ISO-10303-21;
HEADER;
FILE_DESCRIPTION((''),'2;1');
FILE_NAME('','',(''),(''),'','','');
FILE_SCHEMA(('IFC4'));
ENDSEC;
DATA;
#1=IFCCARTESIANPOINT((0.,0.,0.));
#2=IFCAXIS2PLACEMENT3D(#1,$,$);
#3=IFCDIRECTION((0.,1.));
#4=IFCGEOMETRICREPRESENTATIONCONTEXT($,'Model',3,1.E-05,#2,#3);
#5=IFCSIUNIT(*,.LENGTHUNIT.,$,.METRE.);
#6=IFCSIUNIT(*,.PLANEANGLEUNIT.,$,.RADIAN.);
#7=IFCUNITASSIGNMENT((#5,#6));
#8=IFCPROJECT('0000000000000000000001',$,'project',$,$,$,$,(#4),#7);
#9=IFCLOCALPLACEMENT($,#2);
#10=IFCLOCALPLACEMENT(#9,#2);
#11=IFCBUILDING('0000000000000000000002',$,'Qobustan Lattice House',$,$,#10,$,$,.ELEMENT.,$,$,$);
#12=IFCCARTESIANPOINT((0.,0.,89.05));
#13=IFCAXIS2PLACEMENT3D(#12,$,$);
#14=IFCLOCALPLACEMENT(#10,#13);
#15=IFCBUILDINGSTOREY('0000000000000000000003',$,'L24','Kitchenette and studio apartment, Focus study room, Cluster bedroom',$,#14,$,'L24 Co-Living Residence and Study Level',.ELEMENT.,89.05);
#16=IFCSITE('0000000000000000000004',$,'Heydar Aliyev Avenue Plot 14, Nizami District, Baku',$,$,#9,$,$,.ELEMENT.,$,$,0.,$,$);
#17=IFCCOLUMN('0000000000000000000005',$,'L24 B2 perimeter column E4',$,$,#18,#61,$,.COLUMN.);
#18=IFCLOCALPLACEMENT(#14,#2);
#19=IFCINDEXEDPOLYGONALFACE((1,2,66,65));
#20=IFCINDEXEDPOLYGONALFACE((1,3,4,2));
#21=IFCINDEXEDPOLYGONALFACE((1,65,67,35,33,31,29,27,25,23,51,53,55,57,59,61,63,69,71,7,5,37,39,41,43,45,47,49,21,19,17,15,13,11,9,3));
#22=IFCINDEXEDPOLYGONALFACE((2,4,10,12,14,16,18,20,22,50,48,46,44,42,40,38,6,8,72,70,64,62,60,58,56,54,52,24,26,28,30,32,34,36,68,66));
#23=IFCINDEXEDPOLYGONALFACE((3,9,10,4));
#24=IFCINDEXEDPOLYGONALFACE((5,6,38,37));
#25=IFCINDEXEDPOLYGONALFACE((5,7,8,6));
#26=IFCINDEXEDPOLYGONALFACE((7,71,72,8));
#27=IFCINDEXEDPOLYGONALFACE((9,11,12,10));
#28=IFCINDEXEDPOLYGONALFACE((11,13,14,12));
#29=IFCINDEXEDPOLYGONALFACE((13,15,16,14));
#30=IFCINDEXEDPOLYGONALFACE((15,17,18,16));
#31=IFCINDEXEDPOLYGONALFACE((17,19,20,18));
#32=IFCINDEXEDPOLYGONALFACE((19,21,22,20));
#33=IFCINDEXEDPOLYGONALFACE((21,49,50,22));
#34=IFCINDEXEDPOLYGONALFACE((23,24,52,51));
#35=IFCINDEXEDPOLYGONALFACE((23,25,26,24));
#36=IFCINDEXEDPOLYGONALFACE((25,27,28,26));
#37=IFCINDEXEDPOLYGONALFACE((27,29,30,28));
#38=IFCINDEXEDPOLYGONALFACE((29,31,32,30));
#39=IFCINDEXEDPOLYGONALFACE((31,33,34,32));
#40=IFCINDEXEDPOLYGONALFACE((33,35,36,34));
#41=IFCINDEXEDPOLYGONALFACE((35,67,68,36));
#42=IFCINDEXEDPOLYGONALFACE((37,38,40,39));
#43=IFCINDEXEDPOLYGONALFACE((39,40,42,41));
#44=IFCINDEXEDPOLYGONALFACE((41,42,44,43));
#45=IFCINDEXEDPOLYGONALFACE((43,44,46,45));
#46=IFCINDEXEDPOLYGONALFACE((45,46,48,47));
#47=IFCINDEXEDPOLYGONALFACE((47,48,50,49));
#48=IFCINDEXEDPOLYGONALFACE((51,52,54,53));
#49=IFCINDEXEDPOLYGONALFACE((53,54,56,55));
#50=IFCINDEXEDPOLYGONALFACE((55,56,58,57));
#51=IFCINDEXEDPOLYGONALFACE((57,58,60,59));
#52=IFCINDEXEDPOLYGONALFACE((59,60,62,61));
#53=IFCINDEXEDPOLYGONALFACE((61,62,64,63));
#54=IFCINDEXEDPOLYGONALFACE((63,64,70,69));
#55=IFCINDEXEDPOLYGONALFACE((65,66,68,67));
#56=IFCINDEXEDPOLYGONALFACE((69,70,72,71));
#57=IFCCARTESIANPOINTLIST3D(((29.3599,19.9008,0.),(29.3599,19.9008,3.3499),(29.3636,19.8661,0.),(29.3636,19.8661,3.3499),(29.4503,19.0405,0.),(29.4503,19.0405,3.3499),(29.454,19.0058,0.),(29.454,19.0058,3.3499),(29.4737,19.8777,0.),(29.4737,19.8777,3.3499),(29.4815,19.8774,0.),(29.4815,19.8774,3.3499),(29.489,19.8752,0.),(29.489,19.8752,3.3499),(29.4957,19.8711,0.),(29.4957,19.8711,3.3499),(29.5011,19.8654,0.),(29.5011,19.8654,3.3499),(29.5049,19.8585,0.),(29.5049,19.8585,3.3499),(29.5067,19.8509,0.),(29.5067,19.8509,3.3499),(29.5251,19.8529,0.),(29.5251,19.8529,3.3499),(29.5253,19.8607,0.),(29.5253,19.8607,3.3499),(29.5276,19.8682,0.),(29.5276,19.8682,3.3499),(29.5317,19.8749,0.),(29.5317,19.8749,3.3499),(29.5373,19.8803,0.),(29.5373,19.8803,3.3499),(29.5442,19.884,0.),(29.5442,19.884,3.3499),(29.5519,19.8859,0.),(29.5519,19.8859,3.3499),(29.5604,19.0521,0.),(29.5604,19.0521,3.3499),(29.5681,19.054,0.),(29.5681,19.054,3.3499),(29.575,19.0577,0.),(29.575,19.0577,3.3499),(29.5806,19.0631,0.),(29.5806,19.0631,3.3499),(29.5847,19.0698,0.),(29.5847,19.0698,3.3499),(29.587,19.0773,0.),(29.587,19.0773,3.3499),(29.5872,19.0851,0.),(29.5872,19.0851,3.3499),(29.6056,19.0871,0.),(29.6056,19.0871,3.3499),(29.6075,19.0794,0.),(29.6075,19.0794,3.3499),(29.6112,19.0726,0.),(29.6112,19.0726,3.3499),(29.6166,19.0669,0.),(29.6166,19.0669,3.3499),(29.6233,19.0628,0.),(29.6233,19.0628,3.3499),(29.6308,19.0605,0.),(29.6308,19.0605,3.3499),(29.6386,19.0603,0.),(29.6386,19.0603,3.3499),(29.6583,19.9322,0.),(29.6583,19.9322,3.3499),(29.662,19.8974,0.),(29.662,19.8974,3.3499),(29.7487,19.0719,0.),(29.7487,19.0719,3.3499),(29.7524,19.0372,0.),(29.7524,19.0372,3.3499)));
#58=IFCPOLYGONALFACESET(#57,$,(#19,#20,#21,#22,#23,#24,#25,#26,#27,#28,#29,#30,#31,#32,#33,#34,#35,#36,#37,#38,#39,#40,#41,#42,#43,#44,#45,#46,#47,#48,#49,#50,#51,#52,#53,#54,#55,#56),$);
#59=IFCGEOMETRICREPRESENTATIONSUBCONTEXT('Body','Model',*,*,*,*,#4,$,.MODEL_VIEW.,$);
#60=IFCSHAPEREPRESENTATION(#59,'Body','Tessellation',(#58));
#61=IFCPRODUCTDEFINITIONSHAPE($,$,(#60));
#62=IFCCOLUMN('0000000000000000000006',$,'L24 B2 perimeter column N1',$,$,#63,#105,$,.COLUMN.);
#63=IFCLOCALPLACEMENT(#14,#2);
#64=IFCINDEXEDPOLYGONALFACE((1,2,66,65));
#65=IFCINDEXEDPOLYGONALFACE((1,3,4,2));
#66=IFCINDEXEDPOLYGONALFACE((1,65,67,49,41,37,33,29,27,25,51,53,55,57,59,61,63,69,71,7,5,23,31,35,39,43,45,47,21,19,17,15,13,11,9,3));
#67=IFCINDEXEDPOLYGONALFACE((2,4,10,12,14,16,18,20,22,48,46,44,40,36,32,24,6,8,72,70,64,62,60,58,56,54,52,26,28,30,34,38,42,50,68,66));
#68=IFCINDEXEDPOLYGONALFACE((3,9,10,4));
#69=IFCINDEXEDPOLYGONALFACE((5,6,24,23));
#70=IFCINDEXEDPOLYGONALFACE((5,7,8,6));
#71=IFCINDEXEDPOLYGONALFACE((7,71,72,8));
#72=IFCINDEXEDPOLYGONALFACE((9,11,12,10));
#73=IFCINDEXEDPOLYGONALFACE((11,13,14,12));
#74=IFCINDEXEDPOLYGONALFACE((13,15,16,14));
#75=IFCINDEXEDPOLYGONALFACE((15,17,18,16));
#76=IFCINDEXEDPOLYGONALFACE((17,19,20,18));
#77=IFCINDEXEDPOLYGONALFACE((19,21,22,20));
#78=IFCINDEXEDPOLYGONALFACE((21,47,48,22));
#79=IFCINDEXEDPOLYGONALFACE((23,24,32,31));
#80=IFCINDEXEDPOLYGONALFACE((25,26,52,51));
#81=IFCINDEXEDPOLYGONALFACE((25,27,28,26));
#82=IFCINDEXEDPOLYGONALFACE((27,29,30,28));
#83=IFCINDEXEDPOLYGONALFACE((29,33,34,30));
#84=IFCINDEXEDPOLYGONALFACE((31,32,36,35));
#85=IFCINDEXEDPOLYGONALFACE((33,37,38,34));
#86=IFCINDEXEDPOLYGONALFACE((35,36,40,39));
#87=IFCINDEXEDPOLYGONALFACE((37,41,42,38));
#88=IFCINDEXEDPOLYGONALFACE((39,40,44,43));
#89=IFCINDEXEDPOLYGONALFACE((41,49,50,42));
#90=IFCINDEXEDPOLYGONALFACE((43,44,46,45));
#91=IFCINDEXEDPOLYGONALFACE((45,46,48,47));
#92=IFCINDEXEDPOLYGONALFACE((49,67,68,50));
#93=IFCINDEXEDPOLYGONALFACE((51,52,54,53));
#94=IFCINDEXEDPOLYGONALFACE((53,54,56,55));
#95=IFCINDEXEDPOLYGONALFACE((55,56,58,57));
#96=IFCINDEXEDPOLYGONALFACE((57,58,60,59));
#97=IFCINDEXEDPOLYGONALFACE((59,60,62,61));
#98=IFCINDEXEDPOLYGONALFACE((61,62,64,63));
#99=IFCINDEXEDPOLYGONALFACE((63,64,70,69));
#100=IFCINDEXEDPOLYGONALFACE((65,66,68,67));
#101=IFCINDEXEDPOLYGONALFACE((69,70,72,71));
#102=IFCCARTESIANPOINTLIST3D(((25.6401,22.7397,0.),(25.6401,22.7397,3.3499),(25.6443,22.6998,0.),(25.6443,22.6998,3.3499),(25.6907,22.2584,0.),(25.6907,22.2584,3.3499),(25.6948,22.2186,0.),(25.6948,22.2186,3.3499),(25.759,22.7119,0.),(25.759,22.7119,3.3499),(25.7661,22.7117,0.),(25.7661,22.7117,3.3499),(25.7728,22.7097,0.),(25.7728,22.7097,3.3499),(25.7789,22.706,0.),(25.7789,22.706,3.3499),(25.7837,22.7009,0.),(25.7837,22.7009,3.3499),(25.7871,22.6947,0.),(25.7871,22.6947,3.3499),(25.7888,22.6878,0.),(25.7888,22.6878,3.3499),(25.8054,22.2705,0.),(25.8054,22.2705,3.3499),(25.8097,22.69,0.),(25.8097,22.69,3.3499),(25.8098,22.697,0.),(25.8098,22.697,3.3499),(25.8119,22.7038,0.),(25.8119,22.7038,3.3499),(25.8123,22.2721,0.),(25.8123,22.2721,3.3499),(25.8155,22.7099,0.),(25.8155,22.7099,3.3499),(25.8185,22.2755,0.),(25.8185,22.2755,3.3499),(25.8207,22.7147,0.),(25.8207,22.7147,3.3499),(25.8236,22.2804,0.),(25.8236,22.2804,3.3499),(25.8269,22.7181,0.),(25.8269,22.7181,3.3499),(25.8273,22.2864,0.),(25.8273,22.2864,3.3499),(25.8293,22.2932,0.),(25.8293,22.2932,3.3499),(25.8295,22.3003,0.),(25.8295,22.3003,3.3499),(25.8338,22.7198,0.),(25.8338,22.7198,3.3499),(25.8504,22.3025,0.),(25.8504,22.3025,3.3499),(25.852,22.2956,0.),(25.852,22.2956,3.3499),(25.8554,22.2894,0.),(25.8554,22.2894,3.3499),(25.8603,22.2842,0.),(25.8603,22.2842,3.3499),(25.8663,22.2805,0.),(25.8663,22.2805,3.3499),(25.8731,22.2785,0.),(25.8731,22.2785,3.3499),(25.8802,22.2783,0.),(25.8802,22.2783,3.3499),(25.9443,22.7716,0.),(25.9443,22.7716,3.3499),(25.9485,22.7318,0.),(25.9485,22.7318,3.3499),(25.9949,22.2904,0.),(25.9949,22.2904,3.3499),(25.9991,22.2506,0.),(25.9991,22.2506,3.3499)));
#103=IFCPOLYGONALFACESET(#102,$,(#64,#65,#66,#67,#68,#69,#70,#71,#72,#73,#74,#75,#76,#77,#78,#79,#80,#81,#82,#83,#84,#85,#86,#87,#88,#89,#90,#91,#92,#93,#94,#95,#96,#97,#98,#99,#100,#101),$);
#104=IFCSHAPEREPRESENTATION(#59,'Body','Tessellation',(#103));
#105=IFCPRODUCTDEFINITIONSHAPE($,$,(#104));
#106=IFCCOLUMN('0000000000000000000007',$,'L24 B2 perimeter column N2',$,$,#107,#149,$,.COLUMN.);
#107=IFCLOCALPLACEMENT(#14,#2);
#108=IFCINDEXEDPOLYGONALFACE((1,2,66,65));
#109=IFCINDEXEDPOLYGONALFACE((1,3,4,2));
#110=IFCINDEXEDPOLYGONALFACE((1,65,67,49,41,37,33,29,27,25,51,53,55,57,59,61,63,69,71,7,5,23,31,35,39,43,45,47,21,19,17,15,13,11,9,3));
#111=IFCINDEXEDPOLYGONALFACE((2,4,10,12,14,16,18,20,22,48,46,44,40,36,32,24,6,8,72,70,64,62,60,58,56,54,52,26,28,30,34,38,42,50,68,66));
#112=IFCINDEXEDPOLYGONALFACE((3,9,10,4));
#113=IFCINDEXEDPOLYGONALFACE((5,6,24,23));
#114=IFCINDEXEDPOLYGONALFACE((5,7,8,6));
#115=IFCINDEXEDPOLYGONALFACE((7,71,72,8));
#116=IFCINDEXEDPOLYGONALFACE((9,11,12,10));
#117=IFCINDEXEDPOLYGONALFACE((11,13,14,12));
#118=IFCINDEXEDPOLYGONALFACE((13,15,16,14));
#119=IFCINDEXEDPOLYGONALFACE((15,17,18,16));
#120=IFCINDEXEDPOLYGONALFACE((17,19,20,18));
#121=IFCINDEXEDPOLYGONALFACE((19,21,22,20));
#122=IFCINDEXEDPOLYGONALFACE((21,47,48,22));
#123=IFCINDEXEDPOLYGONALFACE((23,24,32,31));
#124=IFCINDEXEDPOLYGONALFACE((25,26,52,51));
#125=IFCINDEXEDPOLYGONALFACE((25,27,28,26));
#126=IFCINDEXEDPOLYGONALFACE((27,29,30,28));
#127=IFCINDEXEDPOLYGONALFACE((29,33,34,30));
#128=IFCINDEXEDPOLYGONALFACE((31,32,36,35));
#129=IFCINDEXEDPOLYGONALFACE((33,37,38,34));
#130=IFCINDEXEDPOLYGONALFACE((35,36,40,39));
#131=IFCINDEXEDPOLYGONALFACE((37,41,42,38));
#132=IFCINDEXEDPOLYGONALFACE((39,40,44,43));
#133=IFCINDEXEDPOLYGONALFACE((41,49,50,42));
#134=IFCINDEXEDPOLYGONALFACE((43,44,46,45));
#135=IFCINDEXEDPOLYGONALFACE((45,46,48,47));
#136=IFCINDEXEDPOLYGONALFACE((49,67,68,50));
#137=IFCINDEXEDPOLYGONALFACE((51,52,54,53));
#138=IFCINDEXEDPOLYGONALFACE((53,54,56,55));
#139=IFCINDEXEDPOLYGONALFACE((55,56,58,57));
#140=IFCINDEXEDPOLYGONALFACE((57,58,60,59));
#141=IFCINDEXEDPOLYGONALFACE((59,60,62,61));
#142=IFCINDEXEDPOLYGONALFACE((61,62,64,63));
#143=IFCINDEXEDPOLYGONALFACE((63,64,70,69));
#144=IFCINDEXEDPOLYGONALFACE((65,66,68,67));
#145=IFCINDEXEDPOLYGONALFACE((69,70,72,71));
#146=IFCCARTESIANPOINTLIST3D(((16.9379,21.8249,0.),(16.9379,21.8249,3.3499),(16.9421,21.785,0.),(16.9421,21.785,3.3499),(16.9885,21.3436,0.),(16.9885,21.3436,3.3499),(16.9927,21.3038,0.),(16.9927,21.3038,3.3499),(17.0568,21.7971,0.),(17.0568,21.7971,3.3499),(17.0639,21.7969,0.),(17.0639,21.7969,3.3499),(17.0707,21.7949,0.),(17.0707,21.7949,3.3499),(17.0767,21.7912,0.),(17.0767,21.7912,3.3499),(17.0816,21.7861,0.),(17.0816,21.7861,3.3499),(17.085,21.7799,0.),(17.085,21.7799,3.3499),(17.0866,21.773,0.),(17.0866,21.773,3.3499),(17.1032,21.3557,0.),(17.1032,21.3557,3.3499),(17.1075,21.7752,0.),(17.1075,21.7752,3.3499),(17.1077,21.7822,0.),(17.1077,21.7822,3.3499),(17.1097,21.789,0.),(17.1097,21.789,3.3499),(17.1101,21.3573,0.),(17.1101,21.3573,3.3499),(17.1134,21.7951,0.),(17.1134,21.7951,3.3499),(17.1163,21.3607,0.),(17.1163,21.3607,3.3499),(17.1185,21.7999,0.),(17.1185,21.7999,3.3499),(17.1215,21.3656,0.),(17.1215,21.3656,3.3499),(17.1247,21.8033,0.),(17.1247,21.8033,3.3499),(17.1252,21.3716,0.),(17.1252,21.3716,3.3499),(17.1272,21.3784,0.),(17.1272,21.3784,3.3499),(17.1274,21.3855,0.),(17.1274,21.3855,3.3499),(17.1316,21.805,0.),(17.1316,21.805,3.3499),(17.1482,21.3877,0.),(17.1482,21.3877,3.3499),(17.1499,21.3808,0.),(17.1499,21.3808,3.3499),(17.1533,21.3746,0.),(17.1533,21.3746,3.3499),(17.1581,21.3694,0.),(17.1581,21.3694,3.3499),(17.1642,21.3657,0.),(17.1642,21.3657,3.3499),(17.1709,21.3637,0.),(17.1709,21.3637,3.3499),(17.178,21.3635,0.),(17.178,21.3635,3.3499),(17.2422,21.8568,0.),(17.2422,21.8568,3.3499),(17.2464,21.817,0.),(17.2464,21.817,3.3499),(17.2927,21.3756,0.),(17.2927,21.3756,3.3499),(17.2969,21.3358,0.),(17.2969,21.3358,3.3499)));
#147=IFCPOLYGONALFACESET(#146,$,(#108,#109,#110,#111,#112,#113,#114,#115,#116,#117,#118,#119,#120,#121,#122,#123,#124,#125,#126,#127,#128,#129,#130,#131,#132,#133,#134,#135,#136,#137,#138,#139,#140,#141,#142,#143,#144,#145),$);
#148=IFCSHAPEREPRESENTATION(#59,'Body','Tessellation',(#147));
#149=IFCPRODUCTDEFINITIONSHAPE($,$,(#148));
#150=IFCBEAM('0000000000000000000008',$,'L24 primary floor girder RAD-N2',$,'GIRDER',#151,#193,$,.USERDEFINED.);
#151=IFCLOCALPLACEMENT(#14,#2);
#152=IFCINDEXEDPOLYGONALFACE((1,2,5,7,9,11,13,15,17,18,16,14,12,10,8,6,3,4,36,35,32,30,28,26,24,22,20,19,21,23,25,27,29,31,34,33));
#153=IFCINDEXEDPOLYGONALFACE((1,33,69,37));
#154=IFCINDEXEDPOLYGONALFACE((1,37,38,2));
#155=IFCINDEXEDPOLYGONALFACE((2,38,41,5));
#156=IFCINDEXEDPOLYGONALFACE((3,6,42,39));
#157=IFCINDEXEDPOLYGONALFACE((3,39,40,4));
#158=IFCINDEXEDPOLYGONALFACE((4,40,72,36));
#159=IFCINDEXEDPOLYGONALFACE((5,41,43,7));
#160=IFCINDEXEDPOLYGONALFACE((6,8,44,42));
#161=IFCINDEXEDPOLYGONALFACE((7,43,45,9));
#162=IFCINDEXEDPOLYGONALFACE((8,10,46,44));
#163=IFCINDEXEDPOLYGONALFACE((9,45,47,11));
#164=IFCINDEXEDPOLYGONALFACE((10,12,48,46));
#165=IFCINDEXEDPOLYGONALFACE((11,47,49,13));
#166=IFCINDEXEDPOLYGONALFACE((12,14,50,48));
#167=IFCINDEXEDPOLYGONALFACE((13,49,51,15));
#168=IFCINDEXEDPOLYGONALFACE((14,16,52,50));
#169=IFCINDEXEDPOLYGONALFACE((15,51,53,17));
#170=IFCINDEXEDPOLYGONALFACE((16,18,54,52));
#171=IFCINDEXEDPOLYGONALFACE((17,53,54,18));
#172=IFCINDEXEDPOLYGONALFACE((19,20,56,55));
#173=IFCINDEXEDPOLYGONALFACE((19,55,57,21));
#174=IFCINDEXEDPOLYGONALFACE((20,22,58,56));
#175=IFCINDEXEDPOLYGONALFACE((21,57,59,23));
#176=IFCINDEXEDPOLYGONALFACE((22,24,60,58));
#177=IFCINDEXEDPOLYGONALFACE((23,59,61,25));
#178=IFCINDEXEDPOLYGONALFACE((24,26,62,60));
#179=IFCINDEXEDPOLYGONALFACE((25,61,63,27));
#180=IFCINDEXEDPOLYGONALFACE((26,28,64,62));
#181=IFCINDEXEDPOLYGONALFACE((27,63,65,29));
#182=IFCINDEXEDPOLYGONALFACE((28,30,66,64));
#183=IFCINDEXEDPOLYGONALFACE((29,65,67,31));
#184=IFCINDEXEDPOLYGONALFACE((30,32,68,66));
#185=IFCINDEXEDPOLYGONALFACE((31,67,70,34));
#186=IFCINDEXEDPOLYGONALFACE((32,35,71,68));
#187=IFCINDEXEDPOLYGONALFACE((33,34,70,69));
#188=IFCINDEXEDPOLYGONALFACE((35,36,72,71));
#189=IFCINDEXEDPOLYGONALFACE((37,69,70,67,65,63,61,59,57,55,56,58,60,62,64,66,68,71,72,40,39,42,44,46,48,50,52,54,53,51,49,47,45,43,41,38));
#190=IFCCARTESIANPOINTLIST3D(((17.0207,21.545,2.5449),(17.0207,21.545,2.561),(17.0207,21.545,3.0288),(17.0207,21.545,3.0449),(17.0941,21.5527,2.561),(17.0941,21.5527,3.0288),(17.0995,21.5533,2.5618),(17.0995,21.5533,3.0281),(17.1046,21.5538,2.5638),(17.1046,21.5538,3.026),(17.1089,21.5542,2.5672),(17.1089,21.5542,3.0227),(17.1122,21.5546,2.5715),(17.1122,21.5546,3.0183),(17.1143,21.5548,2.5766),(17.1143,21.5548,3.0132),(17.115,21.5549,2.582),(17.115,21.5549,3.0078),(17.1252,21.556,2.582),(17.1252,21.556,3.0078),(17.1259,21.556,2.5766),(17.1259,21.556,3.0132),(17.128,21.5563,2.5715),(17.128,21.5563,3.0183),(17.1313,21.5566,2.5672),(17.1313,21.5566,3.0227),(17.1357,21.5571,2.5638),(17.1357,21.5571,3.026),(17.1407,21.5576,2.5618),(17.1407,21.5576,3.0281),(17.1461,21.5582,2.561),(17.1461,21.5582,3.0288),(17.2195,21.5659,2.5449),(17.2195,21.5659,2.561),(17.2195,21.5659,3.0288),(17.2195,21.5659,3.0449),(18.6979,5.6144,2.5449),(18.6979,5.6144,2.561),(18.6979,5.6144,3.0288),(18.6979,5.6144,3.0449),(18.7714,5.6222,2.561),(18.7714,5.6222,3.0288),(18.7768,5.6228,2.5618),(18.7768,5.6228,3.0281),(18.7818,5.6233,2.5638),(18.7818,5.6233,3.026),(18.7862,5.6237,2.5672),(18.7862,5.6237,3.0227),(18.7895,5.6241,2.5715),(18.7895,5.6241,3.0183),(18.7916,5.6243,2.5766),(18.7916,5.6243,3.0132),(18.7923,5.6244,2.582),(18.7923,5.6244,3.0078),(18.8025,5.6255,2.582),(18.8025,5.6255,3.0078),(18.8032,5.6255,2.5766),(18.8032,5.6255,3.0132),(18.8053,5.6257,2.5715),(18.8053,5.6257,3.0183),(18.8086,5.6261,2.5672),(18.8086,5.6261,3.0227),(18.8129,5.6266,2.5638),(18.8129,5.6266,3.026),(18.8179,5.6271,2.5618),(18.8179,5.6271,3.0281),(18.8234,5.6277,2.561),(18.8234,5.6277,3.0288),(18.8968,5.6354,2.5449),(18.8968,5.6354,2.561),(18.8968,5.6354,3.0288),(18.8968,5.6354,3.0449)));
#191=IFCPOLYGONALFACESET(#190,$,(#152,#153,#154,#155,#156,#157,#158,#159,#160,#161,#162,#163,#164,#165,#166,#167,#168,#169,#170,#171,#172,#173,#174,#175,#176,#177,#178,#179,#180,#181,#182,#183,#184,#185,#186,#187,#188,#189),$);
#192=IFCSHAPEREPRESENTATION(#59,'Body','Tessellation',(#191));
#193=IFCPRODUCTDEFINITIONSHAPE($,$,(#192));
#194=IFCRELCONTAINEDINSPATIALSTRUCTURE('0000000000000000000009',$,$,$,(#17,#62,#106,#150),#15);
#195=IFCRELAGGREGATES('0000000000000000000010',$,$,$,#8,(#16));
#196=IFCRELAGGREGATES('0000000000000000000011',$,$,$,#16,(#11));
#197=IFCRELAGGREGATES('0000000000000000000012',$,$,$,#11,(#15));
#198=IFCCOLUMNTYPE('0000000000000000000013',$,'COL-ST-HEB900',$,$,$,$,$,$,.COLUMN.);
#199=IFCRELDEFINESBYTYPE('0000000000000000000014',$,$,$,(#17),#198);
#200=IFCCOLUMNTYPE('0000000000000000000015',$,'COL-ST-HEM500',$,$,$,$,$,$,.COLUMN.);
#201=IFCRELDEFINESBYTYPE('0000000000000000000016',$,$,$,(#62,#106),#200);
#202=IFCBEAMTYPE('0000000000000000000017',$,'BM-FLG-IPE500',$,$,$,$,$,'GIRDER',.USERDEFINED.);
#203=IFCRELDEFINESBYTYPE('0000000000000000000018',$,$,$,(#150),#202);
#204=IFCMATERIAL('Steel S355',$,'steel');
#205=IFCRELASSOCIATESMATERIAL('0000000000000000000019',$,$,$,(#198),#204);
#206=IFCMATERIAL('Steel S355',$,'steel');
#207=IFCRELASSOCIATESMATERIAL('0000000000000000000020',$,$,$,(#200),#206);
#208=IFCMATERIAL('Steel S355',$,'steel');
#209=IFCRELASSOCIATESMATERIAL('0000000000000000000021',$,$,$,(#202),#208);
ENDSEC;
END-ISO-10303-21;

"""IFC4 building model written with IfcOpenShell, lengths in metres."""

from ifc_helpers import new_model, si_unit, direction, frame, origin, origin_2d, place, context, subcontext, project, spatial, i_section, extrude, material, material_profile, profile_set, type_object, element, save


model = new_model("IFC4")

# Units and contexts
model_context = context("Model", 3, precision=1e-05, world=origin(), true_north=direction((0.0, 1.0)))
body_context = subcontext(model_context, "Body", "Model", "MODEL_VIEW")
ifc_project = project(units=[si_unit("LENGTHUNIT", "METRE"), si_unit("PLANEANGLEUNIT", "RADIAN")], contexts=[model_context])

# Site, building, storey
site_placement = place(None, origin())
site = spatial("IfcSite", under=ifc_project, at=site_placement, Name="Heydar Aliyev Avenue Plot 14, Nizami District, Baku", CompositionType="ELEMENT", RefElevation=0.0)
building_placement = place(site_placement, origin())
building = spatial("IfcBuilding", under=site, at=building_placement, Name="Qobustan Lattice House", CompositionType="ELEMENT")
storey_placement = place(building_placement, frame((0.0, 0.0, 89.05)))
storey = spatial("IfcBuildingStorey", under=building, at=storey_placement, Name="L24", Description="Kitchenette and studio apartment, Focus study room, Cluster bedroom", LongName="L24 Co-Living Residence and Study Level", CompositionType="ELEMENT", Elevation=89.05)

# Columns
ifc_material_1 = material(Name="Steel S355", Category="steel")
ifc_material_profile_1 = material_profile(ifc_material_1, i_section(OverallWidth=0.3, OverallDepth=0.8999, WebThickness=0.0186, FlangeThickness=0.0349, FilletRadius=0.03, at=origin_2d()), Name="HEB900")
ifc_profile_set_1 = profile_set([ifc_material_profile_1], Name="Steel S355")
column_type_1 = type_object("IfcColumnType", Name="COL-ST-HEB900", PredefinedType="COLUMN", material=ifc_profile_set_1)
column_placement = place(storey_placement, frame((29.5562, 19.469, 0.0), z_axis=(0.0, 0.0, 1.0), x_axis=(0.994522, 0.104528, 0.0)))
element("IfcColumn", 1, at=column_placement, inside=storey, type_object=column_type_1, Name="L24 B2 perimeter column E4", PredefinedType="COLUMN", context=body_context, shape_type="SweptSolid", body=[
    extrude(i_section(OverallWidth=0.3, OverallDepth=0.8999, WebThickness=0.0186, FlangeThickness=0.0349, FilletRadius=0.03, at=origin_2d()), origin(), (0.0, 0.0, 1.0), 3.3499),
])
ifc_material_2 = material(Name="Steel S355", Category="steel")
ifc_material_profile_2 = material_profile(ifc_material_2, i_section(OverallWidth=0.3059, OverallDepth=0.5239, WebThickness=0.021, FlangeThickness=0.04, FilletRadius=0.0271, at=origin_2d()), Name="HEM500")
ifc_profile_set_2 = profile_set([ifc_material_profile_2], Name="Steel S355")
column_type_2 = type_object("IfcColumnType", Name="COL-ST-HEM500", PredefinedType="COLUMN", material=ifc_profile_set_2)
for number, where, z_axis, x_axis, name in (
    (2, (25.8196, 22.4951, 0.0), (0.0, 0.0, 1.0), (0.994522, 0.104528, 0.0), "L24 B2 perimeter column N1"),
    (3, (17.1174, 21.5803, 0.0), (0.0, 0.0, 1.0), (0.994522, 0.104528, 0.0), "L24 B2 perimeter column N2"),
):
    element("IfcColumn", number, at=place(storey_placement, frame(where, z_axis=z_axis, x_axis=x_axis)), inside=storey, type_object=column_type_2, Name=name, PredefinedType="COLUMN", context=body_context, shape_type="SweptSolid", body=[
        extrude(i_section(OverallWidth=0.3059, OverallDepth=0.5239, WebThickness=0.021, FlangeThickness=0.04, FilletRadius=0.0271, at=origin_2d()), origin(), (0.0, 0.0, 1.0), 3.3499),
    ])

# Beam
ifc_material_3 = material(Name="Steel S355", Category="steel")
ifc_material_profile_3 = material_profile(ifc_material_3, i_section(OverallWidth=0.2, OverallDepth=0.5, WebThickness=0.0103, FlangeThickness=0.0161, FilletRadius=0.021, at=origin_2d()), Name="IPE500")
ifc_profile_set_3 = profile_set([ifc_material_profile_3], Name="Steel S355")
beam_type_1 = type_object("IfcBeamType", Name="BM-FLG-IPE500", ElementType="GIRDER", PredefinedType="USERDEFINED", material=ifc_profile_set_3)
beam_1_placement = place(storey_placement, frame((17.1201, 21.5554, 2.7949), z_axis=(0.104707, -0.994503, 0.0), x_axis=(0.994503, 0.104707, 0.0)))
element("IfcBeam", 4, at=beam_1_placement, inside=storey, type_object=beam_type_1, Name="L24 primary floor girder RAD-N2", ObjectType="GIRDER", PredefinedType="USERDEFINED", context=body_context, shape_type="SweptSolid", body=[
    extrude(i_section(OverallWidth=0.2, OverallDepth=0.5, WebThickness=0.0103, FlangeThickness=0.0161, FilletRadius=0.021, at=origin_2d()), origin(), (0.0, 0.0, 1.0), 16.0186),
])

save(model, "model.ifc")
